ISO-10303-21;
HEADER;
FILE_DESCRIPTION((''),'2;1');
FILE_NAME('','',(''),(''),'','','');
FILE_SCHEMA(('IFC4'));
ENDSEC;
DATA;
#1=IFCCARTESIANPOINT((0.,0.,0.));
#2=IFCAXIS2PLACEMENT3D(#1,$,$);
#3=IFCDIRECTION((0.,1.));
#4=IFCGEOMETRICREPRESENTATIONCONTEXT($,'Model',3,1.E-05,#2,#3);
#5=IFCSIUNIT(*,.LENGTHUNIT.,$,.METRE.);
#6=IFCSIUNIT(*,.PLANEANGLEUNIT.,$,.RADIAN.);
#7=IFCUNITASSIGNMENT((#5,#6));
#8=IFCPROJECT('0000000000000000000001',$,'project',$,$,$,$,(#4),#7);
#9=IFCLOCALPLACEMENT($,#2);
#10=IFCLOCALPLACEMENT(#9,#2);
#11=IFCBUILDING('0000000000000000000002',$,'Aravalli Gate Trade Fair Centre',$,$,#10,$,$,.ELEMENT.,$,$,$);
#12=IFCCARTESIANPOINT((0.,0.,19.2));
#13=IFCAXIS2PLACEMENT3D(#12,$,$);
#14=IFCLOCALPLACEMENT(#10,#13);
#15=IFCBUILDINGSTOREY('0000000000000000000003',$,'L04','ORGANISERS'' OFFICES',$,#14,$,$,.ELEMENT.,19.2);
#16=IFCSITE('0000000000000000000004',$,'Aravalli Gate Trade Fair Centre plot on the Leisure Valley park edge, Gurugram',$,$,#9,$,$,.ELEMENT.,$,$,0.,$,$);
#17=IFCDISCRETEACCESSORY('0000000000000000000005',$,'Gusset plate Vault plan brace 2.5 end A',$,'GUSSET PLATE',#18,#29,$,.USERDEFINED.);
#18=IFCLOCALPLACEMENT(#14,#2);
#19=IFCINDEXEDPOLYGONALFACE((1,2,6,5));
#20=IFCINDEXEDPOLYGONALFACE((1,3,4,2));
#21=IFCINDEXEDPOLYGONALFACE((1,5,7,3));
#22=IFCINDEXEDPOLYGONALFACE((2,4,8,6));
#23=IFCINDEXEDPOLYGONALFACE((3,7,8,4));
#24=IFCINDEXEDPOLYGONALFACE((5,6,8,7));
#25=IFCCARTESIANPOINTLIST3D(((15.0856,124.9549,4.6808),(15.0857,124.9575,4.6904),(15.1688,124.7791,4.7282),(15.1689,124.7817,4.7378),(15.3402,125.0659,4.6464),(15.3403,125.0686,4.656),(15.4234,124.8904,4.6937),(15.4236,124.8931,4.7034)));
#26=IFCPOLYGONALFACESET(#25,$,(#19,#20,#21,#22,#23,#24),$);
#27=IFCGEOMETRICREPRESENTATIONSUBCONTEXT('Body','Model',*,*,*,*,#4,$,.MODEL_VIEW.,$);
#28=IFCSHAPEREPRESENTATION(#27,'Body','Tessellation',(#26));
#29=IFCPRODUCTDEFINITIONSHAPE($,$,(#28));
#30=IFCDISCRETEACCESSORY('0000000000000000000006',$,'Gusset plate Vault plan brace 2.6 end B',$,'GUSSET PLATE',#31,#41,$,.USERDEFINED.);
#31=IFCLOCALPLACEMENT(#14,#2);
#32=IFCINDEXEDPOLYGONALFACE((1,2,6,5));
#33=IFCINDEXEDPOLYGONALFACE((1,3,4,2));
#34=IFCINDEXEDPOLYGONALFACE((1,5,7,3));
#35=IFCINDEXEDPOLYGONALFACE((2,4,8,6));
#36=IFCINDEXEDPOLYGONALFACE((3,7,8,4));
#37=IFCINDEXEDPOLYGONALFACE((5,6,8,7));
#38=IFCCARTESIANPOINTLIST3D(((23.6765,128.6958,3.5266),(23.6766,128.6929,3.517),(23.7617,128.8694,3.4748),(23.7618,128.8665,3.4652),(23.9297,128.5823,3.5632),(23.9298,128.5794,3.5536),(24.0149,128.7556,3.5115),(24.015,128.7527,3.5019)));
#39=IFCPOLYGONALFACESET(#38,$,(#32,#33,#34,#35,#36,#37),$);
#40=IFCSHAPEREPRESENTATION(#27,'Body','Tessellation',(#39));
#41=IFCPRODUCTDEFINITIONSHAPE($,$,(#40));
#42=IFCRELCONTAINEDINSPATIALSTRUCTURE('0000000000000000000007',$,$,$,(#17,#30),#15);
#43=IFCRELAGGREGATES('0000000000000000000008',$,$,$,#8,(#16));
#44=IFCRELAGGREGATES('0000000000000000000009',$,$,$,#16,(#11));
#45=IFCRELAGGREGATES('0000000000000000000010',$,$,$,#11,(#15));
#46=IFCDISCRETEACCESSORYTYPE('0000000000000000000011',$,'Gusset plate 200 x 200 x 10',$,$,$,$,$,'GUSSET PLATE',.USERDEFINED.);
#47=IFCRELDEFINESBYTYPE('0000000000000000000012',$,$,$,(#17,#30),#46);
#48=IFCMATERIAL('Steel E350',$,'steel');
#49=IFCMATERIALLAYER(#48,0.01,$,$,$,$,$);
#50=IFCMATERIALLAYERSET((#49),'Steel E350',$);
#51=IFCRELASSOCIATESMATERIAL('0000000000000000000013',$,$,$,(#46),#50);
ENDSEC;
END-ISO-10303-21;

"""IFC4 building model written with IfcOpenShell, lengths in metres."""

from ifc_helpers import new_model, si_unit, direction, frame, origin, place, context, subcontext, project, spatial, polyline, outline, extrude, material, layer, layer_set, type_object, element, save


model = new_model("IFC4")

# Units and contexts
model_context = context("Model", 3, precision=1e-05, world=origin(), true_north=direction((0.0, 1.0)))
body_context = subcontext(model_context, "Body", "Model", "MODEL_VIEW")
ifc_project = project(units=[si_unit("LENGTHUNIT", "METRE"), si_unit("PLANEANGLEUNIT", "RADIAN")], contexts=[model_context])

# Site, building, storey
site_placement = place(None, origin())
site = spatial("IfcSite", under=ifc_project, at=site_placement, Name="Aravalli Gate Trade Fair Centre plot on the Leisure Valley park edge, Gurugram", CompositionType="ELEMENT", RefElevation=0.0)
building_placement = place(site_placement, origin())
building = spatial("IfcBuilding", under=site, at=building_placement, Name="Aravalli Gate Trade Fair Centre", CompositionType="ELEMENT")
storey_placement = place(building_placement, frame((0.0, 0.0, 19.2)))
storey = spatial("IfcBuildingStorey", under=building, at=storey_placement, Name="L04", Description="ORGANISERS' OFFICES", CompositionType="ELEMENT", Elevation=19.2)

# Shared definitions
ifc_material_1 = material(Name="Steel E350", Category="steel")

# Discrete accessories
ifc_layer_1 = layer(ifc_material_1, 0.01)
ifc_layer_set_1 = layer_set([ifc_layer_1], Name="Steel E350")
discrete_accessory_type = type_object("IfcDiscreteAccessoryType", Name="Gusset plate 200 x 200 x 10", ElementType="GUSSET PLATE", PredefinedType="USERDEFINED", material=ifc_layer_set_1)
discrete_accessory_1_placement = place(storey_placement, frame((15.4236, 124.8931, 4.7034), z_axis=(0.01392, 0.266454, 0.963747), x_axis=(-0.909307, -0.397519, 0.123039)))
element("IfcDiscreteAccessory", 1, at=discrete_accessory_1_placement, inside=storey, type_object=discrete_accessory_type, Name="Gusset plate Vault plan brace 2.5 end A", ObjectType="GUSSET PLATE", PredefinedType="USERDEFINED", context=body_context, shape_type="SweptSolid", body=[
    extrude(outline(polyline([(0.0, 0.0), (0.28, 0.0), (0.28, -0.2002), (0.0001, -0.2), (0.0, 0.0)])), origin(), (0.0, 0.0, -1.0), 0.01),
])
discrete_accessory_2_placement = place(storey_placement, frame((23.6765, 128.6958, 3.5266), z_axis=(-0.008396, 0.289699, 0.957081), x_axis=(0.90462, -0.405676, 0.13073)))
element("IfcDiscreteAccessory", 2, at=discrete_accessory_2_placement, inside=storey, type_object=discrete_accessory_type, Name="Gusset plate Vault plan brace 2.6 end B", ObjectType="GUSSET PLATE", PredefinedType="USERDEFINED", context=body_context, shape_type="SweptSolid", body=[
    extrude(outline(polyline([(0.0, 0.0), (0.2799, 0.0), (0.2799, 0.2), (-0.0001, 0.2002), (0.0, 0.0)])), origin(), (0.0, 0.0, -1.0), 0.01),
])

save(model, "model.ifc")
